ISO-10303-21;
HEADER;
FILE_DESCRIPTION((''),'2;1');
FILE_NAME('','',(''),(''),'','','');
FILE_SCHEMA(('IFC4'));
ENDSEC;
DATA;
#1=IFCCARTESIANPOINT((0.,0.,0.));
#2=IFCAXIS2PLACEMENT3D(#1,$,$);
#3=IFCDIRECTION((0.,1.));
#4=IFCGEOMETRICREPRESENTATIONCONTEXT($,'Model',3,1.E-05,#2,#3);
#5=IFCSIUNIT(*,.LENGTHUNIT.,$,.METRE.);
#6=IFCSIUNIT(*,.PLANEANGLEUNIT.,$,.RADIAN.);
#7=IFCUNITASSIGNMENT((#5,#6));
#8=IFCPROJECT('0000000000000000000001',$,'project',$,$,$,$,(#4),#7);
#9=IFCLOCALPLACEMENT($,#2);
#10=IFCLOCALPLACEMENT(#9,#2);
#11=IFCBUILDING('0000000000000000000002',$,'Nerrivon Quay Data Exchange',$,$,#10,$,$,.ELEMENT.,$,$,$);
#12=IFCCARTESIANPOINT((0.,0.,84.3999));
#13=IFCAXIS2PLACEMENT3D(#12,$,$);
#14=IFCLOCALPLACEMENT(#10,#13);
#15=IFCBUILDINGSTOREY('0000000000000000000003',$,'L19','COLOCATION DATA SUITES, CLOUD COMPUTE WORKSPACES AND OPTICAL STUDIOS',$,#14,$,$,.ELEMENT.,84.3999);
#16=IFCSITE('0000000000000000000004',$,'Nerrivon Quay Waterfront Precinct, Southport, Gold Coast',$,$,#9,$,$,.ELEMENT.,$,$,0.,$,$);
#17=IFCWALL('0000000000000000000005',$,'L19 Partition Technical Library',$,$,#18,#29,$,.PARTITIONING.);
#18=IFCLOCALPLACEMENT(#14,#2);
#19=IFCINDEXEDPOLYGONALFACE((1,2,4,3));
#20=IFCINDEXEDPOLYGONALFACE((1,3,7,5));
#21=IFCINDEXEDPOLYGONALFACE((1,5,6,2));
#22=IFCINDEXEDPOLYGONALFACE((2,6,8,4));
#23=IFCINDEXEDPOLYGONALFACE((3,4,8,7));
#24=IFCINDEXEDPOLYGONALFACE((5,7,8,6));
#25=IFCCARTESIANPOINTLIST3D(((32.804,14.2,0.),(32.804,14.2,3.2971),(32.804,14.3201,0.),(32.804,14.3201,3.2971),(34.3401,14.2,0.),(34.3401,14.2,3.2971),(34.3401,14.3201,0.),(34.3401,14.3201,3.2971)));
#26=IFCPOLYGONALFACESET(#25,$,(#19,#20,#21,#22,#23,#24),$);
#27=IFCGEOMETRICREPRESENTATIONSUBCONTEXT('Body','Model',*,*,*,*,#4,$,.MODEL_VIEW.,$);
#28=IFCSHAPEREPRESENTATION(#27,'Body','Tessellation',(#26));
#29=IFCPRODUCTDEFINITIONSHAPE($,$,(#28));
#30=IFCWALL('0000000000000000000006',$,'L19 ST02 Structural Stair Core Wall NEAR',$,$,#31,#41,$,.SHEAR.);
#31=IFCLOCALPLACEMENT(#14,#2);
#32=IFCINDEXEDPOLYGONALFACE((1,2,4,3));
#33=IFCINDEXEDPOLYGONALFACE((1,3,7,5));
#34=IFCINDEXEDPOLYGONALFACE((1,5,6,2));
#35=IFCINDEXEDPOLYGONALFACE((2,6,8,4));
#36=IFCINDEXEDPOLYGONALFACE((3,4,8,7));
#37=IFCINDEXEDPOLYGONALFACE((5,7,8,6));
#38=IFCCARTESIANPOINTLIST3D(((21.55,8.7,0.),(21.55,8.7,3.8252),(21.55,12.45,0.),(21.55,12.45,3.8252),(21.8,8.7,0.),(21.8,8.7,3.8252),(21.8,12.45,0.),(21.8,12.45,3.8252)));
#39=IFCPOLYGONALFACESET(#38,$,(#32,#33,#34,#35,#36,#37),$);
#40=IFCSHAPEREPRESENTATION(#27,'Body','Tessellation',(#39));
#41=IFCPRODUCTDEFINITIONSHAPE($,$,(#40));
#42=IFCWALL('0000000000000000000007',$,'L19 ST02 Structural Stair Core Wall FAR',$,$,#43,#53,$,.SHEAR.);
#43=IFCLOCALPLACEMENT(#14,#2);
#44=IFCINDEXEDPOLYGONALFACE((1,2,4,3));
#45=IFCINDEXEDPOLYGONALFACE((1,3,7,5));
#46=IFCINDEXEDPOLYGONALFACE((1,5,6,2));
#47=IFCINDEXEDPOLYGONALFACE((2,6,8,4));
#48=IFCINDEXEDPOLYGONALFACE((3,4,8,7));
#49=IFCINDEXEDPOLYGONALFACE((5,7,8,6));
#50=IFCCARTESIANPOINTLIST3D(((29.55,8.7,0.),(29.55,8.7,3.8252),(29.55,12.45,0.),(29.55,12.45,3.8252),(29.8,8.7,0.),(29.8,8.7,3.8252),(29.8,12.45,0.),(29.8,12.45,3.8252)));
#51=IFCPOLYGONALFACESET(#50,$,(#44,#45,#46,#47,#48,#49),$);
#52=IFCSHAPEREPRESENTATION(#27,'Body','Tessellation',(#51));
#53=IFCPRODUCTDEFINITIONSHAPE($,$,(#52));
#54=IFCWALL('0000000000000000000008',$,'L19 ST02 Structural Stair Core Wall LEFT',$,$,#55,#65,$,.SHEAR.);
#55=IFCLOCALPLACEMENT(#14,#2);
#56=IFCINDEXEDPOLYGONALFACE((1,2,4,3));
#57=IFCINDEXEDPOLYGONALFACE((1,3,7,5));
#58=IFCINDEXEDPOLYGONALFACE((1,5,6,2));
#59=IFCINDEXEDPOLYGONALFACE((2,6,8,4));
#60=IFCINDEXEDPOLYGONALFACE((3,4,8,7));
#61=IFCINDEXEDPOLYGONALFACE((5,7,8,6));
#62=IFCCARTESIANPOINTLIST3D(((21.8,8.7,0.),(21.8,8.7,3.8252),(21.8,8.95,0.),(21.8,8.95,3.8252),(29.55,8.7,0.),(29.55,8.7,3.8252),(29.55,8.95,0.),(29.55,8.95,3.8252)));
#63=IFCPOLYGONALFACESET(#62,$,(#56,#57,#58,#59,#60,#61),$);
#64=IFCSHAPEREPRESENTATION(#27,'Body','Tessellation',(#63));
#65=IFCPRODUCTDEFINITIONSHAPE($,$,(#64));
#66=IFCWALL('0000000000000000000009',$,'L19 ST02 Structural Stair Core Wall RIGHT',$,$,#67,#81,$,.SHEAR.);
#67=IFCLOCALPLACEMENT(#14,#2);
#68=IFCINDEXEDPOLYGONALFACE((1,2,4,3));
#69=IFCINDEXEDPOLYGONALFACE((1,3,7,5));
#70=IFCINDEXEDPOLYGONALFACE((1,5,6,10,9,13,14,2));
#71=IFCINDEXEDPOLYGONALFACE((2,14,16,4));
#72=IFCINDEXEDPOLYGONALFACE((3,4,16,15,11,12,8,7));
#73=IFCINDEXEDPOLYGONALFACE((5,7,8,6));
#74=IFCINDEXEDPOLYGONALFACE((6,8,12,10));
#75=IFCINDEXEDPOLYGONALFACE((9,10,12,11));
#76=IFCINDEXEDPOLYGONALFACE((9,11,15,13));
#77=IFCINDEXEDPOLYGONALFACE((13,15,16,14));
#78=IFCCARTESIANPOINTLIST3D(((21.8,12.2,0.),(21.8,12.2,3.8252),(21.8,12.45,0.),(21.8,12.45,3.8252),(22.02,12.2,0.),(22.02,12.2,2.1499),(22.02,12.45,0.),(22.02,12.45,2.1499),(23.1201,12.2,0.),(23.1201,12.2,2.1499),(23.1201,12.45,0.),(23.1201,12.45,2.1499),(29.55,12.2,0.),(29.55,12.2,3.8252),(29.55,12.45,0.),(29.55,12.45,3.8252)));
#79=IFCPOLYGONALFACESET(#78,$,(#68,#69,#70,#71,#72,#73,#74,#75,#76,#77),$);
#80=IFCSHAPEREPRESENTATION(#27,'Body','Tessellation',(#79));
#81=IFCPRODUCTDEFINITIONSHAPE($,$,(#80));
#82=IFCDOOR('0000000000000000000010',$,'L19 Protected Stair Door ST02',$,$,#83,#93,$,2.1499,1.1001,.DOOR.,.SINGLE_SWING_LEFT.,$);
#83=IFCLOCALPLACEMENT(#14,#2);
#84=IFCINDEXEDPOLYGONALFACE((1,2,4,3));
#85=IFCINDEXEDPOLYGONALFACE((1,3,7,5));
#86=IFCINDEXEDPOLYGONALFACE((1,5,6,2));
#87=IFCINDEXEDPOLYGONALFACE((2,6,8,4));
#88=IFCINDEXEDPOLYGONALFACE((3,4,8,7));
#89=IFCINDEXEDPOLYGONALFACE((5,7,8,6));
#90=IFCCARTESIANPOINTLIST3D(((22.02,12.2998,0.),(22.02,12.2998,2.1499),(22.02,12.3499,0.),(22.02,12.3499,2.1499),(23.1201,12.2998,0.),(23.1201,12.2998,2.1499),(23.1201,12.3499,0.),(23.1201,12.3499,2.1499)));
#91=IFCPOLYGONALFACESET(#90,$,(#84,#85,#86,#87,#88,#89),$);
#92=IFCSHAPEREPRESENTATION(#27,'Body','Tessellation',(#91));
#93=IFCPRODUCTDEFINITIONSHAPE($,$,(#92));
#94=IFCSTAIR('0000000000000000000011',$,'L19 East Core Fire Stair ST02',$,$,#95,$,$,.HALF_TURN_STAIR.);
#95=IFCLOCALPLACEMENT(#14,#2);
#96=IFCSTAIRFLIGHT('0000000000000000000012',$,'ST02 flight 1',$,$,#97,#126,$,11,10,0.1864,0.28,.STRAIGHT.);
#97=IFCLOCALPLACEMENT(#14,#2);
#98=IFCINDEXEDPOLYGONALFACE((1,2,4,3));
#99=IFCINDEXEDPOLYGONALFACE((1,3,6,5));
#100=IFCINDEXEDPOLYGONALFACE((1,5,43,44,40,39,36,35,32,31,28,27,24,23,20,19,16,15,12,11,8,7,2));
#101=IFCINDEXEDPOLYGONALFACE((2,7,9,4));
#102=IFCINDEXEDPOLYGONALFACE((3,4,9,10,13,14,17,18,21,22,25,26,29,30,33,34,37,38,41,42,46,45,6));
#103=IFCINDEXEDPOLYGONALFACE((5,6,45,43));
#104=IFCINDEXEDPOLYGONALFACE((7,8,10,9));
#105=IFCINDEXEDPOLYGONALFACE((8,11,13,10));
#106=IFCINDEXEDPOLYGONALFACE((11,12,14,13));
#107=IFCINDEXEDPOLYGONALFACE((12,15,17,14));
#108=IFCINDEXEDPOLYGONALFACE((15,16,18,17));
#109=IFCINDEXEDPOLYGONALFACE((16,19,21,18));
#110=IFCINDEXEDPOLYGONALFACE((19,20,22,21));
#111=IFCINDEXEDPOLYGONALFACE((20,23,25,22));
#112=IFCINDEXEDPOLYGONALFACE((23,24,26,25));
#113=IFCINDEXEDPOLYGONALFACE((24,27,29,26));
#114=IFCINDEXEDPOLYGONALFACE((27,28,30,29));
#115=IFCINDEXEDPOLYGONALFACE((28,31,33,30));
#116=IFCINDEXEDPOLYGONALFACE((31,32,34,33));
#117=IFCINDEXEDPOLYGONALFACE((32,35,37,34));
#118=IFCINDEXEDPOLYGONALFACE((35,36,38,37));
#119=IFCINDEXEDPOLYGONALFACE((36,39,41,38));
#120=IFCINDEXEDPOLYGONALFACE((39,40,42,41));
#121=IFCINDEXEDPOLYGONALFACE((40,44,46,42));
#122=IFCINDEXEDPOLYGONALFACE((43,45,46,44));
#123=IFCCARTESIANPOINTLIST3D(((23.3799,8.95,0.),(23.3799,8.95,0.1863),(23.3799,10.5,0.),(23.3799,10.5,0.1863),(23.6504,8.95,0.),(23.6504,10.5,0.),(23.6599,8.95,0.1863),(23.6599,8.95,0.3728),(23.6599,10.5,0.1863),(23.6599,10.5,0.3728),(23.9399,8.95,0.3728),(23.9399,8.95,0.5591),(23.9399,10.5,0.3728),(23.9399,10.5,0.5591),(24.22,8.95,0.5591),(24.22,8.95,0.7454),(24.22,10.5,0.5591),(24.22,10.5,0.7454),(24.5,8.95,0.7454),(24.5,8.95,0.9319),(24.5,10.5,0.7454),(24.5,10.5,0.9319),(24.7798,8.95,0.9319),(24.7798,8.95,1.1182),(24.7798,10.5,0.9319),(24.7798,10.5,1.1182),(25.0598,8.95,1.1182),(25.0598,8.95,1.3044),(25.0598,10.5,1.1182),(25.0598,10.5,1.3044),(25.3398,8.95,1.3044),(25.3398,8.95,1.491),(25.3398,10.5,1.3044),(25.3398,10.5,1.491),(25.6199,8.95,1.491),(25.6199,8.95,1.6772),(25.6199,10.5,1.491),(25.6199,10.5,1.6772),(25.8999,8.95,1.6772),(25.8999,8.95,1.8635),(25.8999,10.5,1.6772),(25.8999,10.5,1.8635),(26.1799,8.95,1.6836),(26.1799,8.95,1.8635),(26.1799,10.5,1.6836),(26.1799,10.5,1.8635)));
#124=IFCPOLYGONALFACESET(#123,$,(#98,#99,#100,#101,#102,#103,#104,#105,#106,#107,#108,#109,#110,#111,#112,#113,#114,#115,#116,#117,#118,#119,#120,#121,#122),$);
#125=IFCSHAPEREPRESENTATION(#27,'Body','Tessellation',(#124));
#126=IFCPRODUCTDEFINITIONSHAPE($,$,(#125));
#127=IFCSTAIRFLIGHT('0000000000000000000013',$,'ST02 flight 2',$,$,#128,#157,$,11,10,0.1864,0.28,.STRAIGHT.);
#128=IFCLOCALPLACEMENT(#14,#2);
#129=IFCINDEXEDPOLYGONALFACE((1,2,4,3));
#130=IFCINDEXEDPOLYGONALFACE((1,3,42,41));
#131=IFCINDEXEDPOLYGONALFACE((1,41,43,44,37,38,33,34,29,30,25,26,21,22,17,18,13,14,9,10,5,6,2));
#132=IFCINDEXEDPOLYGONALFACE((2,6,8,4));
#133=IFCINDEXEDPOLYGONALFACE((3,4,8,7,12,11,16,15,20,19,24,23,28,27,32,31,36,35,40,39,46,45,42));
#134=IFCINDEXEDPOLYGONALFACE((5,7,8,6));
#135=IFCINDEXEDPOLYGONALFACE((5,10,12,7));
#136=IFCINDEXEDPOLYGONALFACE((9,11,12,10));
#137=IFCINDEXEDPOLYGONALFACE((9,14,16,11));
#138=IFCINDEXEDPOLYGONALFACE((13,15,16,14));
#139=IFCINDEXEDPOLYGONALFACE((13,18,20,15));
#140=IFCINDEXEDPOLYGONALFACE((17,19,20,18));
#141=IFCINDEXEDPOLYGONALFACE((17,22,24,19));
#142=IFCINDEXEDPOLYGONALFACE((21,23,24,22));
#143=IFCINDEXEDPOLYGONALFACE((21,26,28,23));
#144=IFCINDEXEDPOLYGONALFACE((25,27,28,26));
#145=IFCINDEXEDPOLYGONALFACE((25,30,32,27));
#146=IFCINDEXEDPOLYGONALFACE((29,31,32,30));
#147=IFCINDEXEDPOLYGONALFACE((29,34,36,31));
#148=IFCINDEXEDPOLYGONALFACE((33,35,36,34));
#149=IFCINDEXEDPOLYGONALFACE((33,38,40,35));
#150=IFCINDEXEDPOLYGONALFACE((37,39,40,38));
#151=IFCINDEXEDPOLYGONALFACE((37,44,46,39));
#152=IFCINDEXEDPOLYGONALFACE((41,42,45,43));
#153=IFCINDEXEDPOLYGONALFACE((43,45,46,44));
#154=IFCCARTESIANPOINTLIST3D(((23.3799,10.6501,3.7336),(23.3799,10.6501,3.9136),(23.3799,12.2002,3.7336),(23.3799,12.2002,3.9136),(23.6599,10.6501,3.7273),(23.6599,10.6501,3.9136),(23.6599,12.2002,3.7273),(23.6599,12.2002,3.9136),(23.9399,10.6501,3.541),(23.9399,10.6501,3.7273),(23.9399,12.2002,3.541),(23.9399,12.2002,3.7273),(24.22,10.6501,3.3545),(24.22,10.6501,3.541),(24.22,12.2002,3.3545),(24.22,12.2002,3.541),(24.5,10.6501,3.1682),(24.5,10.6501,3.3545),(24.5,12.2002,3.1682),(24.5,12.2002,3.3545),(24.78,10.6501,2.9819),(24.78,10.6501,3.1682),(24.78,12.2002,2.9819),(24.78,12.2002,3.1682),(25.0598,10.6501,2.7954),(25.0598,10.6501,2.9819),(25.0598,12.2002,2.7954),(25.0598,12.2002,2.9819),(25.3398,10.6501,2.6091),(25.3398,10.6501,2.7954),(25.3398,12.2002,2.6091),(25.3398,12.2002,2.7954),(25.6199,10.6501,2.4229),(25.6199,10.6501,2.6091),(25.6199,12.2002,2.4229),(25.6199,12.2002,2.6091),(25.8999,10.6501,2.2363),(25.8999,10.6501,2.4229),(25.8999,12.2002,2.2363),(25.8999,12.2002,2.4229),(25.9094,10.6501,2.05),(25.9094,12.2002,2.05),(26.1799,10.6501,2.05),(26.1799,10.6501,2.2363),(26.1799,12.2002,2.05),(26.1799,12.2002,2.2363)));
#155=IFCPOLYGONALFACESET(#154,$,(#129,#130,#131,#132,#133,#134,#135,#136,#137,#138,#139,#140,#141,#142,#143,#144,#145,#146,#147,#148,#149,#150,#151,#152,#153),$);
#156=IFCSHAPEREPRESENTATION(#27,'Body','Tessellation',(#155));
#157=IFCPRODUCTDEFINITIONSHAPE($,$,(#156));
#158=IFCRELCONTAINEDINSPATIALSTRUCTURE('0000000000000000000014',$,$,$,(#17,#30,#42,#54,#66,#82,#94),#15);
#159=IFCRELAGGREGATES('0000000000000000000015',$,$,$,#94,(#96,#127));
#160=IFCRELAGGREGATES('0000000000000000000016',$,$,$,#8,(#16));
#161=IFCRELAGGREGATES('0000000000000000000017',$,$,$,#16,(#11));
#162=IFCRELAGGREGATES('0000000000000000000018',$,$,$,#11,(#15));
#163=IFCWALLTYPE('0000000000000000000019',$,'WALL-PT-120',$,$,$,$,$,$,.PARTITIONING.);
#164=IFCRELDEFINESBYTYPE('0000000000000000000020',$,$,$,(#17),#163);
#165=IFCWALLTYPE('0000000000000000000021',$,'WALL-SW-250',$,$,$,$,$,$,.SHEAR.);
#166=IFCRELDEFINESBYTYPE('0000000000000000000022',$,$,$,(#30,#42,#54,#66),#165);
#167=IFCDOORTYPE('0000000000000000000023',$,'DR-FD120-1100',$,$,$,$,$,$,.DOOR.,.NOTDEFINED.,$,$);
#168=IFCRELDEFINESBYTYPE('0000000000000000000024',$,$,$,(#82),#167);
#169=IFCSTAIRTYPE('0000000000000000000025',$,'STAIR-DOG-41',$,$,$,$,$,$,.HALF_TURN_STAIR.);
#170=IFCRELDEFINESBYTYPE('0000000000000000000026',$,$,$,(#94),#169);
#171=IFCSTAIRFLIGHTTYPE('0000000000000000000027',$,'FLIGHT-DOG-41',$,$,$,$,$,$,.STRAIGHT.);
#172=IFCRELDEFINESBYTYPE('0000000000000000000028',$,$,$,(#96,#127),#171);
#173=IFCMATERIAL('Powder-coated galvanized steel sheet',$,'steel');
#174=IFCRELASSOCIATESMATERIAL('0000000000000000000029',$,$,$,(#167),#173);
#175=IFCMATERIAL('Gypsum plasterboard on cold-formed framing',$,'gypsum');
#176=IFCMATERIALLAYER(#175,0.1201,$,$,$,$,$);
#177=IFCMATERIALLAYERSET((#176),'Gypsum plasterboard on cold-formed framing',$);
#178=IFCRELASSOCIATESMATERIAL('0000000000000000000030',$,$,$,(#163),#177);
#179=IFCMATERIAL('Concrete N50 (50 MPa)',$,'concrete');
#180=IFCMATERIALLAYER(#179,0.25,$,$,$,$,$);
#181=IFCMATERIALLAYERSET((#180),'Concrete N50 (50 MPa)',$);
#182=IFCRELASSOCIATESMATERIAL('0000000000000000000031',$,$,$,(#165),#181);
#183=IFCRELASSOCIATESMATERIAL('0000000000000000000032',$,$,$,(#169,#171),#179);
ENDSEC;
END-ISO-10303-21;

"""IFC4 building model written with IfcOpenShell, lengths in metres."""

from ifc_helpers import new_model, si_unit, direction, frame, frame_2d, origin, place, context, subcontext, project, spatial, polyline, rectangle, outline, extrude, material, layer, layer_set, type_object, element, fill, aggregate, save


model = new_model("IFC4")

# Units and contexts
model_context = context("Model", 3, precision=1e-05, world=origin(), true_north=direction((0.0, 1.0)))
body_context = subcontext(model_context, "Body", "Model", "MODEL_VIEW")
ifc_project = project(units=[si_unit("LENGTHUNIT", "METRE"), si_unit("PLANEANGLEUNIT", "RADIAN")], contexts=[model_context])

# Site, building, storey
site_placement = place(None, origin())
site = spatial("IfcSite", under=ifc_project, at=site_placement, Name="Nerrivon Quay Waterfront Precinct, Southport, Gold Coast", CompositionType="ELEMENT", RefElevation=0.0)
building_placement = place(site_placement, origin())
building = spatial("IfcBuilding", under=site, at=building_placement, Name="Nerrivon Quay Data Exchange", CompositionType="ELEMENT")
storey_placement = place(building_placement, frame((0.0, 0.0, 84.3999)))
storey = spatial("IfcBuildingStorey", under=building, at=storey_placement, Name="L19", Description="COLOCATION DATA SUITES, CLOUD COMPUTE WORKSPACES AND OPTICAL STUDIOS", CompositionType="ELEMENT", Elevation=84.3999)

# Shared definitions
ifc_material_1 = material(Name="Powder-coated galvanized steel sheet", Category="steel")
door_type_1 = type_object("IfcDoorType", Name="DR-FD120-1100", OperationType="NOTDEFINED", PredefinedType="DOOR", material=ifc_material_1)

# Shared definitions
ifc_material_2 = material(Name="Gypsum plasterboard on cold-formed framing", Category="gypsum")

# Walls
ifc_layer_1 = layer(ifc_material_2, 0.1201)
ifc_layer_set_1 = layer_set([ifc_layer_1], Name="Gypsum plasterboard on cold-formed framing")
wall_type_1 = type_object("IfcWallType", Name="WALL-PT-120", PredefinedType="PARTITIONING", material=ifc_layer_set_1)
wall_1_placement = place(storey_placement, frame((32.804, 14.26, 0.0), z_axis=(0.0, 0.0, 1.0), x_axis=(1.0, 0.0, 0.0)))
element("IfcWall", 1, at=wall_1_placement, inside=storey, type_object=wall_type_1, Name="L19 Partition Technical Library", PredefinedType="PARTITIONING", context=body_context, shape_type="SweptSolid", body=[
    extrude(rectangle(XDim=1.5361, YDim=0.1201, at=frame_2d((0.7681, 0.0))), origin(), (0.0, 0.0, 1.0), 3.2971),
])
ifc_material_3 = material(Name="Concrete N50 (50 MPa)", Category="concrete")
ifc_layer_2 = layer(ifc_material_3, 0.25)
ifc_layer_set_2 = layer_set([ifc_layer_2], Name="Concrete N50 (50 MPa)")
wall_type_2 = type_object("IfcWallType", Name="WALL-SW-250", PredefinedType="SHEAR", material=ifc_layer_set_2)
for number, where, z_axis, x_axis, name in (
    (2, (21.675, 8.7, 0.0), (0.0, 0.0, 1.0), (0.0, 1.0, 0.0), "L19 ST02 Structural Stair Core Wall NEAR"),
    (3, (29.675, 8.7, 0.0), (0.0, 0.0, 1.0), (0.0, 1.0, 0.0), "L19 ST02 Structural Stair Core Wall FAR"),
):
    element("IfcWall", number, at=place(storey_placement, frame(where, z_axis=z_axis, x_axis=x_axis)), inside=storey, type_object=wall_type_2, Name=name, PredefinedType="SHEAR", context=body_context, shape_type="SweptSolid", body=[
        extrude(rectangle(XDim=3.75, YDim=0.25, at=frame_2d((1.875, 0.0))), origin(), (0.0, 0.0, 1.0), 3.8252),
    ])
wall_2_placement = place(storey_placement, frame((21.8, 8.825, 0.0), z_axis=(0.0, 0.0, 1.0), x_axis=(1.0, 0.0, 0.0)))
element("IfcWall", 4, at=wall_2_placement, inside=storey, type_object=wall_type_2, Name="L19 ST02 Structural Stair Core Wall LEFT", PredefinedType="SHEAR", context=body_context, shape_type="SweptSolid", body=[
    extrude(rectangle(XDim=7.75, YDim=0.25, at=frame_2d((3.875, 0.0))), origin(), (0.0, 0.0, 1.0), 3.8252),
])

# Wall, opening, door
wall_3_placement = place(storey_placement, frame((21.8, 12.325, 0.0), z_axis=(0.0, 0.0, 1.0), x_axis=(1.0, 0.0, 0.0)))
wall_3 = element("IfcWall", 5, at=wall_3_placement, inside=storey, type_object=wall_type_2, Name="L19 ST02 Structural Stair Core Wall RIGHT", PredefinedType="SHEAR", context=body_context, shape_type="SweptSolid", body=[
    extrude(rectangle(XDim=7.75, YDim=0.25, at=frame_2d((3.875, 0.0))), origin(), (0.0, 0.0, 1.0), 3.8252),
])
opening_1_placement = place(wall_3_placement, frame((0.22, 0.0, 0.0)))
opening_1 = element("IfcOpeningElement", 6, at=opening_1_placement, cuts=wall_3, PredefinedType="OPENING", context=body_context, shape_type="SweptSolid", body=[
    extrude(rectangle(XDim=1.1001, YDim=2.1499, at=frame_2d((0.55, 1.075))), frame((0.0, 0.135, 0.0), z_axis=(0.0, -1.0, 0.0), x_axis=(1.0, 0.0, 0.0)), (0.0, 0.0, 1.0), 0.27),
])
door_1_placement = place(opening_1_placement, origin())
door_1 = element("IfcDoor", 7, at=door_1_placement, inside=storey, type_object=door_type_1, Name="L19 Protected Stair Door ST02", OperationType="SINGLE_SWING_LEFT", OverallHeight=2.1499, OverallWidth=1.1001, PredefinedType="DOOR", context=body_context, shape_type="SweptSolid", body=[
    extrude(rectangle(XDim=1.1001, YDim=2.1499, at=frame_2d((0.55, 1.075))), frame((0.0, 0.0249, 0.0), z_axis=(0.0, -1.0, 0.0), x_axis=(1.0, 0.0, 0.0)), (0.0, 0.0, 1.0), 0.05),
])
fill(opening_1, door_1)

# Stair, stair flights
stair_type = type_object("IfcStairType", Name="STAIR-DOG-41", PredefinedType="HALF_TURN_STAIR", material=ifc_material_3)
stair_placement = place(storey_placement, origin())
stair = element("IfcStair", 8, at=stair_placement, inside=storey, type_object=stair_type, Name="L19 East Core Fire Stair ST02", PredefinedType="HALF_TURN_STAIR")
stair_flight_type = type_object("IfcStairFlightType", Name="FLIGHT-DOG-41", PredefinedType="STRAIGHT", material=ifc_material_3)
stair_flight_1_placement = place(storey_placement, frame((23.3799, 9.7251, 0.0), z_axis=(0.0, 0.0, 1.0), x_axis=(1.0, 0.0, 0.0)))
stair_flight_1 = element("IfcStairFlight", 9, at=stair_flight_1_placement, type_object=stair_flight_type, Name="ST02 flight 1", NumberOfRisers=11, NumberOfTreads=10, PredefinedType="STRAIGHT", RiserHeight=0.1864, TreadLength=0.28, context=body_context, shape_type="SweptSolid", body=[
    extrude(outline(polyline([(0.0, 0.0), (0.0, 0.1863), (0.28, 0.1863), (0.28, 0.3728), (0.5601, 0.3728), (0.5601, 0.5591), (0.8401, 0.5591), (0.8401, 0.7454), (1.1201, 0.7454), (1.1201, 0.9319), (1.3999, 0.9319), (1.3999, 1.1182), (1.6799, 1.1182), (1.6799, 1.3044), (1.96, 1.3044), (1.96, 1.491), (2.24, 1.491), (2.24, 1.6772), (2.52, 1.6772), (2.52, 1.8635), (2.8, 1.8635), (2.8, 2.05), (2.8, 1.6836), (0.2705, 0.0), (0.0, 0.0)])), frame((0.0, 0.7749, 0.0), z_axis=(0.0, -1.0, 0.0), x_axis=(1.0, 0.0, 0.0)), (0.0, 0.0, 1.0), 1.55),
])
stair_flight_2_placement = place(storey_placement, frame((26.1799, 11.425, 2.05), z_axis=(0.0, 0.0, 1.0), x_axis=(-1.0, 0.0, 0.0)))
stair_flight_2 = element("IfcStairFlight", 10, at=stair_flight_2_placement, type_object=stair_flight_type, Name="ST02 flight 2", NumberOfRisers=11, NumberOfTreads=10, PredefinedType="STRAIGHT", RiserHeight=0.1864, TreadLength=0.28, context=body_context, shape_type="SweptSolid", body=[
    extrude(outline(polyline([(0.0, 0.0), (0.0, 0.1863), (0.28, 0.1863), (0.28, 0.3728), (0.5601, 0.3728), (0.5601, 0.5591), (0.8401, 0.5591), (0.8401, 0.7454), (1.1201, 0.7454), (1.1201, 0.9319), (1.3999, 0.9319), (1.3999, 1.1182), (1.6799, 1.1182), (1.6799, 1.3044), (1.96, 1.3044), (1.96, 1.491), (2.24, 1.491), (2.24, 1.6772), (2.52, 1.6772), (2.52, 1.8635), (2.8, 1.8635), (2.8, 2.05), (2.8, 1.6836), (0.2705, 0.0), (0.0, 0.0)])), frame((0.0, 0.7749, 0.0), z_axis=(0.0, -1.0, 0.0), x_axis=(1.0, 0.0, 0.0)), (0.0, 0.0, 1.0), 1.55),
])
aggregate(stair, [stair_flight_1, stair_flight_2])

save(model, "model.ifc")
